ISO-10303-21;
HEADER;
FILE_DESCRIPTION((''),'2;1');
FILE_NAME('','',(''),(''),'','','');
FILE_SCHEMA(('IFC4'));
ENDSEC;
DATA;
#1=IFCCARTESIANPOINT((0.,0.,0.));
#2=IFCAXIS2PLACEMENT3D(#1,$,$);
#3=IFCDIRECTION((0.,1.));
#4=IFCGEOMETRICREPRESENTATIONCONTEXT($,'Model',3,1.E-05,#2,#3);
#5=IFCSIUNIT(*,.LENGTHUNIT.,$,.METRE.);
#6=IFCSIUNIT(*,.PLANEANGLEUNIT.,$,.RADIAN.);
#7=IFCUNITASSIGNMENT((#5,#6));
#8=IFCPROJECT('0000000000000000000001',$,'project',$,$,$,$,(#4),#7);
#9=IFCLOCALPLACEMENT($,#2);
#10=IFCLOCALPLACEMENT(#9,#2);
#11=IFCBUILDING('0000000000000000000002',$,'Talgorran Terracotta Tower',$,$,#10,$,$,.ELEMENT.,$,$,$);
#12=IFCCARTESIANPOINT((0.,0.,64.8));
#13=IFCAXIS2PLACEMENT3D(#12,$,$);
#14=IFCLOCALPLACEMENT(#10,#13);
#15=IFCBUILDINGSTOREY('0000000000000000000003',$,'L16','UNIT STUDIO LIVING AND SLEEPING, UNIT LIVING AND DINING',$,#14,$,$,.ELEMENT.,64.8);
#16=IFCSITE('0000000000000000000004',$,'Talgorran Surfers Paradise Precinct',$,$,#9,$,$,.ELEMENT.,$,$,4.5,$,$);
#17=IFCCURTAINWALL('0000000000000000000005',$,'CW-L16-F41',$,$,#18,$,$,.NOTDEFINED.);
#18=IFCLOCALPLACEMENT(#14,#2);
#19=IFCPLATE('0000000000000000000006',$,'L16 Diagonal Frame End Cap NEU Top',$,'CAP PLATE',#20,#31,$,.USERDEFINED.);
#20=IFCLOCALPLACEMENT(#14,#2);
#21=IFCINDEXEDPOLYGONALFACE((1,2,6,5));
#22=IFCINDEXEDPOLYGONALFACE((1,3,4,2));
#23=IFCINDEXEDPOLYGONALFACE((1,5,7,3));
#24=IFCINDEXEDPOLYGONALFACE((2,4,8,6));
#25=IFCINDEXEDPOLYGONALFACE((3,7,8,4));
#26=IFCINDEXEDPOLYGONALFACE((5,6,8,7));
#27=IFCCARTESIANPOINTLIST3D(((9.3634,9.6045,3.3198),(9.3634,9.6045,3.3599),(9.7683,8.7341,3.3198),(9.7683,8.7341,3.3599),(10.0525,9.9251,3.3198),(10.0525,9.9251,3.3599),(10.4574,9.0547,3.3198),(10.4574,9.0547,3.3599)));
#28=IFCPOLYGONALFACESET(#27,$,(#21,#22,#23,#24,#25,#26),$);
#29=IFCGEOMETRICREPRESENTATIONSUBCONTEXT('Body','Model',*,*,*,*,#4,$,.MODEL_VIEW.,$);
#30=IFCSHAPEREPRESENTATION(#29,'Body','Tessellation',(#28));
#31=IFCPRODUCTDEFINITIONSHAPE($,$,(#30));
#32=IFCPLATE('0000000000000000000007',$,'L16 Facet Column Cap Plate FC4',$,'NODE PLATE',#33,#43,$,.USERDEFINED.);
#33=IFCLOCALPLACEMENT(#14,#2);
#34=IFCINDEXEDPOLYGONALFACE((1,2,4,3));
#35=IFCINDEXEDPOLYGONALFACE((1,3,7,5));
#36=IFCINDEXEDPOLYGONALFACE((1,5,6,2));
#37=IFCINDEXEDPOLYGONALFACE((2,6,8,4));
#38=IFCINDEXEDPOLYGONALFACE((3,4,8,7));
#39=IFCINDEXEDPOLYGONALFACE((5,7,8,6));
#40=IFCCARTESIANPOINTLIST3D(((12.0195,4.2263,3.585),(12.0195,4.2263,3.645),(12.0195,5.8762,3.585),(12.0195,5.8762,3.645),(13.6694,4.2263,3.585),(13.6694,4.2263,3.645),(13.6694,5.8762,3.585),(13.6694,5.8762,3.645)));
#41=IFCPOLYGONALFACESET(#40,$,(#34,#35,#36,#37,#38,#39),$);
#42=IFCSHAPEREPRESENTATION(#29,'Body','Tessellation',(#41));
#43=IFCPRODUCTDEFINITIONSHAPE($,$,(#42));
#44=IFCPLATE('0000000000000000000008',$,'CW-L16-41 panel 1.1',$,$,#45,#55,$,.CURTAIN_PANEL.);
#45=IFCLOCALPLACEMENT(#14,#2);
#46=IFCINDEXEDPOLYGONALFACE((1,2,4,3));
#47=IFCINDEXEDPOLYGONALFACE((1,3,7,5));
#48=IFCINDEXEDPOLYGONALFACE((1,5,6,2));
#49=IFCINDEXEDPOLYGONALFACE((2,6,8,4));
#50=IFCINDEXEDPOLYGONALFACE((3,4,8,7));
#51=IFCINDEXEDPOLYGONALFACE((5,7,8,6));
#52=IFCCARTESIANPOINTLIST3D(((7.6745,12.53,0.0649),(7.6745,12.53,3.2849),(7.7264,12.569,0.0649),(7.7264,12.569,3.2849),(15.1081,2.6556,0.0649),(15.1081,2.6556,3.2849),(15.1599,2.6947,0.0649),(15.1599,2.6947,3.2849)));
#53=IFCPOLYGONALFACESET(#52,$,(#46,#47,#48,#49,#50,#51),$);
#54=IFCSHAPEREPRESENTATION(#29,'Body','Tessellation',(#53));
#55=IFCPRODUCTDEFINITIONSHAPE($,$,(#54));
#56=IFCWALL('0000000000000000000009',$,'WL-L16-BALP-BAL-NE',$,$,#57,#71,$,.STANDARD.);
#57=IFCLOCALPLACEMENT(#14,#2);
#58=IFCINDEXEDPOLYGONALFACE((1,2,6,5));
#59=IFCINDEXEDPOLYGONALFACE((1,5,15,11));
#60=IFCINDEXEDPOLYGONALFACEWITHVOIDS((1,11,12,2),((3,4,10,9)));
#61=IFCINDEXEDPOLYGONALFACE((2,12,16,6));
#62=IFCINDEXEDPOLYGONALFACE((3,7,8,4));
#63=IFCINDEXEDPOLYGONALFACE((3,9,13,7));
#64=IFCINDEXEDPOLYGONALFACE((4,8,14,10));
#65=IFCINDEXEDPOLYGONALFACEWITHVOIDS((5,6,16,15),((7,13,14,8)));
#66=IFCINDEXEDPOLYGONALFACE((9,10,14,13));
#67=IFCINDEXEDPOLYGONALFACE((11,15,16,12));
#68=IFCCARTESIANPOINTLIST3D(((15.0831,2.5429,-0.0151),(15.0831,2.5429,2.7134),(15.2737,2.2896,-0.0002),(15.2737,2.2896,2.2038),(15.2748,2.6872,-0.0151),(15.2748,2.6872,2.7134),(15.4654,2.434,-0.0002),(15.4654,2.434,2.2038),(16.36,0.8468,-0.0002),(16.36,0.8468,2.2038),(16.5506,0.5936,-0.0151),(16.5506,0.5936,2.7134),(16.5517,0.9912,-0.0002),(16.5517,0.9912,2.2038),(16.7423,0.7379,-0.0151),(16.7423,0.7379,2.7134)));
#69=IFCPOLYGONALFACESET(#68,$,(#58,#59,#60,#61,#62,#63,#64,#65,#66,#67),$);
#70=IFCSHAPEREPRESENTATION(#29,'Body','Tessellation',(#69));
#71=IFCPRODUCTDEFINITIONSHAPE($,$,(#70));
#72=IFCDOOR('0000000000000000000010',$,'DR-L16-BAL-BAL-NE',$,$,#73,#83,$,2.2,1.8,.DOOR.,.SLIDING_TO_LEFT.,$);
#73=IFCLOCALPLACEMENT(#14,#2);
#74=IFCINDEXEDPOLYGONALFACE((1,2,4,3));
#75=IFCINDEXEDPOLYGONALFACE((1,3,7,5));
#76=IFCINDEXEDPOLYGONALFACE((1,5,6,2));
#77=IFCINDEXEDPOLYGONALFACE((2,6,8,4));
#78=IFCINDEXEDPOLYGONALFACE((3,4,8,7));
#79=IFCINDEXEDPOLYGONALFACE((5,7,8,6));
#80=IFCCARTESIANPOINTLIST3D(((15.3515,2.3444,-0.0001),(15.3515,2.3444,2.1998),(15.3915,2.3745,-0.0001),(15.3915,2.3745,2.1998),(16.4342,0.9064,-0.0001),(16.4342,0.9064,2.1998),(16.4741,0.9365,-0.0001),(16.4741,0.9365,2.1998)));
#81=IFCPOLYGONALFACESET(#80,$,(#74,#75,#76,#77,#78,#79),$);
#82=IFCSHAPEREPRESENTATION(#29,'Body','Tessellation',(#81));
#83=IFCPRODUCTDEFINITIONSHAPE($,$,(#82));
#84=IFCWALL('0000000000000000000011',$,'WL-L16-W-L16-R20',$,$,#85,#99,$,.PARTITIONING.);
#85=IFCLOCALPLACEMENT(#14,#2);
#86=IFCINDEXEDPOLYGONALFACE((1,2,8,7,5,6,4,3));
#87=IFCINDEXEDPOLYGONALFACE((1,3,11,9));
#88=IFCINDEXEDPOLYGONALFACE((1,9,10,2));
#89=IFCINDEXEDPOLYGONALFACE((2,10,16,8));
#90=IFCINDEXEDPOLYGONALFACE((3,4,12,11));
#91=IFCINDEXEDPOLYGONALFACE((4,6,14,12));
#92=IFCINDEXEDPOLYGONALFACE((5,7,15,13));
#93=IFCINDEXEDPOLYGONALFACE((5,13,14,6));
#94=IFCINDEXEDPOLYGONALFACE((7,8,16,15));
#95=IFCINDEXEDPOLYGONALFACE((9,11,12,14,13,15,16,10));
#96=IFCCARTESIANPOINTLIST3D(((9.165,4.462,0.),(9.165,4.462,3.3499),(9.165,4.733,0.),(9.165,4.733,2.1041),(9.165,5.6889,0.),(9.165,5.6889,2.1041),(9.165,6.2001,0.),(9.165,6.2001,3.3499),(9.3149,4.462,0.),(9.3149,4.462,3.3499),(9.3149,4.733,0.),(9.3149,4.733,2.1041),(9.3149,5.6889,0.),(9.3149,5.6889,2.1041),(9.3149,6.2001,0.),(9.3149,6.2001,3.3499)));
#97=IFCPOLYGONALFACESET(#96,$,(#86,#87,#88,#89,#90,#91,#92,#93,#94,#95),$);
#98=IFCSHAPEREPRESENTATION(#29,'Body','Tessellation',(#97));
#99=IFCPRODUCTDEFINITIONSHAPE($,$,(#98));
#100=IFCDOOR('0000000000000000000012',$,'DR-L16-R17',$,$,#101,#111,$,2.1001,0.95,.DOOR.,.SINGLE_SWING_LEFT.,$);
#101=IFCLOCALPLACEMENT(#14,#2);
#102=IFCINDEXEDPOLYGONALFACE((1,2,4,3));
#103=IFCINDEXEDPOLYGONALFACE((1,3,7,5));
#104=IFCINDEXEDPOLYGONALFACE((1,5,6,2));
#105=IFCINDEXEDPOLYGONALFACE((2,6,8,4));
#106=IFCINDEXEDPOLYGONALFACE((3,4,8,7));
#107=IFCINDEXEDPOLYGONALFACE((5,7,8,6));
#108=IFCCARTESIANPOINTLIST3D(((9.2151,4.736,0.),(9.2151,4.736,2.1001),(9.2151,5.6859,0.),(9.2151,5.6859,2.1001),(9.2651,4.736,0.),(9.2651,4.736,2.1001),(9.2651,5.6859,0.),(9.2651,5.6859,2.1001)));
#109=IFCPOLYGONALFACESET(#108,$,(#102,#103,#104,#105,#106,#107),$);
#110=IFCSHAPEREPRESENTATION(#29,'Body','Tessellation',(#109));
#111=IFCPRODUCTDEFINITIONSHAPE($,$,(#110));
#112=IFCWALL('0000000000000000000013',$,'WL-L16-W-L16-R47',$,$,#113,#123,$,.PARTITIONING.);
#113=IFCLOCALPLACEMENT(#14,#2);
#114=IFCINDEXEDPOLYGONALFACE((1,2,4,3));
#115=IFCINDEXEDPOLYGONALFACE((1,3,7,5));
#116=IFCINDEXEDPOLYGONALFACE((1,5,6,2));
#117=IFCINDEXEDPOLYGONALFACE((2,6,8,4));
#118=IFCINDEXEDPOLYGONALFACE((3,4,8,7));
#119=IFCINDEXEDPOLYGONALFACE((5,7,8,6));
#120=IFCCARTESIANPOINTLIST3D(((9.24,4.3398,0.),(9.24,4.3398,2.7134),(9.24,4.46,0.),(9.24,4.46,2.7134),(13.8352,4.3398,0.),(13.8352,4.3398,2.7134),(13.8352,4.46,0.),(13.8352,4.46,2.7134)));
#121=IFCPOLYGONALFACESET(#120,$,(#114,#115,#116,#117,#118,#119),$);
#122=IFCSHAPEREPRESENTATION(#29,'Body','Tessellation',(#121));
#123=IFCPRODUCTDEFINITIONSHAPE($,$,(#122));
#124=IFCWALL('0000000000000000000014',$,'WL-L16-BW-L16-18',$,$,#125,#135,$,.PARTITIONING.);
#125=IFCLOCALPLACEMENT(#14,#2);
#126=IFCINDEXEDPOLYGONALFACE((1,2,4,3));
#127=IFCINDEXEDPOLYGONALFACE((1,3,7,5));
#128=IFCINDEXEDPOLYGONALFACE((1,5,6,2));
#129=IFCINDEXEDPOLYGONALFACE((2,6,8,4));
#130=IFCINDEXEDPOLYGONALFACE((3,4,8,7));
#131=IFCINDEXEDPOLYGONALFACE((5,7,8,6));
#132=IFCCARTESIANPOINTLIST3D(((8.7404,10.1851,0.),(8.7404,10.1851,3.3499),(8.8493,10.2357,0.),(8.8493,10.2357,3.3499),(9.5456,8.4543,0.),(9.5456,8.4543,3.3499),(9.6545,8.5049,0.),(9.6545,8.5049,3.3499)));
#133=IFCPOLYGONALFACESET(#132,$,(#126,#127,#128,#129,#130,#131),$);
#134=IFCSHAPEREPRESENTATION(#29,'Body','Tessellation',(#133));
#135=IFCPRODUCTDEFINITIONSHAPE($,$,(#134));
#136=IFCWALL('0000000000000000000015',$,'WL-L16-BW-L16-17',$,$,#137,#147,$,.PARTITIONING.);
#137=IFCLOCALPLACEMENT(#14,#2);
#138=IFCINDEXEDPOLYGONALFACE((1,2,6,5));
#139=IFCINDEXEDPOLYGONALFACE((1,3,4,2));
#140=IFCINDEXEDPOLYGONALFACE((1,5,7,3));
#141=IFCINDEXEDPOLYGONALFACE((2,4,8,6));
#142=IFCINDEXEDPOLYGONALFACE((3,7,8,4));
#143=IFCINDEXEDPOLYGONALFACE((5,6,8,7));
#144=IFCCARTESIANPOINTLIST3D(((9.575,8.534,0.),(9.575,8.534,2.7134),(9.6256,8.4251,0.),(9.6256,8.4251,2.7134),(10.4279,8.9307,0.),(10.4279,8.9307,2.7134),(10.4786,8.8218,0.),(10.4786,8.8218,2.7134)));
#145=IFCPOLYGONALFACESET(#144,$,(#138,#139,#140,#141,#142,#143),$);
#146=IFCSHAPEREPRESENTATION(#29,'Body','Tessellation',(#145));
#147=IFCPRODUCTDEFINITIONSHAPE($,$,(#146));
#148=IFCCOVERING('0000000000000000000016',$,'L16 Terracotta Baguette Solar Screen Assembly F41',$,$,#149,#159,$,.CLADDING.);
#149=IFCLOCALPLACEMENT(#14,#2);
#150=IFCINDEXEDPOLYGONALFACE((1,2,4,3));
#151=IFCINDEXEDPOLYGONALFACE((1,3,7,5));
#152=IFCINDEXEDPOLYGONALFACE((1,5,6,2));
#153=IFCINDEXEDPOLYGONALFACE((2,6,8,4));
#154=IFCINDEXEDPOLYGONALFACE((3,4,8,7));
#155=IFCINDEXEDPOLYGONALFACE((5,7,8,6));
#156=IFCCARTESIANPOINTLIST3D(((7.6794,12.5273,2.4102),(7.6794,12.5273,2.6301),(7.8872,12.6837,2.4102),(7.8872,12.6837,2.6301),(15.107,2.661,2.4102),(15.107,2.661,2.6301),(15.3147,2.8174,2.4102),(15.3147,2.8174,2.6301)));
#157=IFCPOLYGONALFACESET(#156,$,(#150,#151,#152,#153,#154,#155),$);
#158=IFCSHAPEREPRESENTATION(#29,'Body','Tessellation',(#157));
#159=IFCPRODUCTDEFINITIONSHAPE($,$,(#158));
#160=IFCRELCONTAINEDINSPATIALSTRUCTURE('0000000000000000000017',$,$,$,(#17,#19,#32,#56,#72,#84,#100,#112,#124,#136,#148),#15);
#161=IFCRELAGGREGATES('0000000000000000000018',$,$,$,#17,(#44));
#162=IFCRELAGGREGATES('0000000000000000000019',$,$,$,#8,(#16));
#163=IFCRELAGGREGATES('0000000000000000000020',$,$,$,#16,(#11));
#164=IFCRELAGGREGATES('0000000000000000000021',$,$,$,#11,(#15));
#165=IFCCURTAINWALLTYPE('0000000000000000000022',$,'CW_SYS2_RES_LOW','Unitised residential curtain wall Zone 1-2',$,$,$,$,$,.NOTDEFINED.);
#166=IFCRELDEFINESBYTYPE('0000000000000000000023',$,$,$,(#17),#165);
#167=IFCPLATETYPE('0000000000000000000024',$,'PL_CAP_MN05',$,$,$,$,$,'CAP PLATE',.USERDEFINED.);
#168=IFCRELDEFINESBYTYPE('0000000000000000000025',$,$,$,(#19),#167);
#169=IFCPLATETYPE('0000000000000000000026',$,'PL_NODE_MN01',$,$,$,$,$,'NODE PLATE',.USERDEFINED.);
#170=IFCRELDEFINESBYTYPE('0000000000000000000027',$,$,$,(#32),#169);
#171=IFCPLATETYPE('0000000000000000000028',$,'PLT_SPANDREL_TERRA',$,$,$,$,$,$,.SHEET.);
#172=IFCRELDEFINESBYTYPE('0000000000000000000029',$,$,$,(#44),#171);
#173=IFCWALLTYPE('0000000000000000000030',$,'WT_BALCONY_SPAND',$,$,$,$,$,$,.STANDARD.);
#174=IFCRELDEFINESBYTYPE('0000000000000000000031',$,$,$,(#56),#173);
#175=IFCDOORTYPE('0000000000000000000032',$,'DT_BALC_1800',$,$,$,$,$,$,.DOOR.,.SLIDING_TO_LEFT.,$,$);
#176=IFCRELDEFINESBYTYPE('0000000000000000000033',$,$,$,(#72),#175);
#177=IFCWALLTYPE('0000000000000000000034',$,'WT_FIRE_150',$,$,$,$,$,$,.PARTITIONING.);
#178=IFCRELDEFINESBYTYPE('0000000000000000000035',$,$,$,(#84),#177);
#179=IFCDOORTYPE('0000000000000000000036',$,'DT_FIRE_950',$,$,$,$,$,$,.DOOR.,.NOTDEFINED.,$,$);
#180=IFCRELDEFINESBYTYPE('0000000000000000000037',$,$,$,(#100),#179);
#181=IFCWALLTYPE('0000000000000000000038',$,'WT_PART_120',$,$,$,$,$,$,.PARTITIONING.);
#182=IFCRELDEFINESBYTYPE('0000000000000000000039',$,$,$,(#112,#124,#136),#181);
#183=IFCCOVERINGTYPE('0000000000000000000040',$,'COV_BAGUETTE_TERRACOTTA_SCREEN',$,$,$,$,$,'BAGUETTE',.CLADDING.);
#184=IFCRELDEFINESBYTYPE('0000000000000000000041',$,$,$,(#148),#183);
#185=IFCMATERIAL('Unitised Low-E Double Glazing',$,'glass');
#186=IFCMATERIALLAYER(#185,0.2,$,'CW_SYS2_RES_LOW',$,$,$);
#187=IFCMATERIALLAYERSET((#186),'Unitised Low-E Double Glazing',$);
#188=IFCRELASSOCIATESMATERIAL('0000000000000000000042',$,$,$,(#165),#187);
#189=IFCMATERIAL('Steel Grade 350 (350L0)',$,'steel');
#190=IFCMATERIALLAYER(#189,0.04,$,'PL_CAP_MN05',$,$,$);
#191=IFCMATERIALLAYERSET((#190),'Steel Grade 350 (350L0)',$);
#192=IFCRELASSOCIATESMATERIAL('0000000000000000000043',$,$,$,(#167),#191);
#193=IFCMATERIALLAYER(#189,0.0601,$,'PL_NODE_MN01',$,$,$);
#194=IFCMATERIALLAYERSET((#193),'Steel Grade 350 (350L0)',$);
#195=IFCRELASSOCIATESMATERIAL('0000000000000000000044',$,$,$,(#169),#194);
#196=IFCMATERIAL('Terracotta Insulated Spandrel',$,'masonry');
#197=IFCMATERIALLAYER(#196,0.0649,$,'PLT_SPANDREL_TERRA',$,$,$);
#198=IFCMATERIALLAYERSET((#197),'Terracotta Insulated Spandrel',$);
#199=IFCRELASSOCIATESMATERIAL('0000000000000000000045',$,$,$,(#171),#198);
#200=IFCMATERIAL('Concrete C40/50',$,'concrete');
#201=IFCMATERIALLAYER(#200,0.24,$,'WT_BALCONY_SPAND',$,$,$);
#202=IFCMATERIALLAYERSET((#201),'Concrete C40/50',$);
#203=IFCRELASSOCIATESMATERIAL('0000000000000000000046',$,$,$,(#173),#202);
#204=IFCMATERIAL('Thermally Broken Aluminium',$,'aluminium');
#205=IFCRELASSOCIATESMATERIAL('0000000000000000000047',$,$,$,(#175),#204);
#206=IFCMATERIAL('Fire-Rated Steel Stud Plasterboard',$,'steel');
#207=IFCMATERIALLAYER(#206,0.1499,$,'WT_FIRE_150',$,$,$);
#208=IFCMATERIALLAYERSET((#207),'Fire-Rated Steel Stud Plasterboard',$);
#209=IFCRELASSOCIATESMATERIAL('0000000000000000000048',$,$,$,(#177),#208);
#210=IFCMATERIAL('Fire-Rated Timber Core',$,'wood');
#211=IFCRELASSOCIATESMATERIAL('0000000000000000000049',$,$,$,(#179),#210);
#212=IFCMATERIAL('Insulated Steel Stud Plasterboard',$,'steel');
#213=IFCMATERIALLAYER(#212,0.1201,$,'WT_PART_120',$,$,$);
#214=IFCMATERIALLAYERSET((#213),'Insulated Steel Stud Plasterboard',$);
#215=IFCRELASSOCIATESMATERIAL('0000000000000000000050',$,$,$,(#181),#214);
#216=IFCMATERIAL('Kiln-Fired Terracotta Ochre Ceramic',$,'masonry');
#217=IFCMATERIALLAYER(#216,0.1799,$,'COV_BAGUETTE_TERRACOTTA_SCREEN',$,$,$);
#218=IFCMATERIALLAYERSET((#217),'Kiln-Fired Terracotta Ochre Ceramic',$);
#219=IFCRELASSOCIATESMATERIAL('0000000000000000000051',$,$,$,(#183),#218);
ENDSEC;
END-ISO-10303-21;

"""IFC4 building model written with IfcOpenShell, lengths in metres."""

from ifc_helpers import new_model, si_unit, direction, frame, frame_2d, origin, origin_2d, place, context, subcontext, project, spatial, rectangle, extrude, source, transform, mapped, material, layer, layer_set, type_object, type_shapes, element, fill, aggregate, save


model = new_model("IFC4")

# Units and contexts
model_context = context("Model", 3, precision=1e-05, world=origin(), true_north=direction((0.0, 1.0)))
body_context = subcontext(model_context, "Body", "Model", "MODEL_VIEW")
ifc_project = project(units=[si_unit("LENGTHUNIT", "METRE"), si_unit("PLANEANGLEUNIT", "RADIAN")], contexts=[model_context])

# Site, building, storey
site_placement = place(None, origin())
site = spatial("IfcSite", under=ifc_project, at=site_placement, Name="Talgorran Surfers Paradise Precinct", CompositionType="ELEMENT", RefElevation=4.5)
building_placement = place(site_placement, origin())
building = spatial("IfcBuilding", under=site, at=building_placement, Name="Talgorran Terracotta Tower", CompositionType="ELEMENT")
storey_placement = place(building_placement, frame((0.0, 0.0, 64.8)))
storey = spatial("IfcBuildingStorey", under=building, at=storey_placement, Name="L16", Description="UNIT STUDIO LIVING AND SLEEPING, UNIT LIVING AND DINING", CompositionType="ELEMENT", Elevation=64.8)

# Shared definitions
ifc_material_1 = material(Name="Steel Grade 350 (350L0)", Category="steel")

# Shared definitions
ifc_material_2 = material(Name="Unitised Low-E Double Glazing", Category="glass")
ifc_layer_1 = layer(ifc_material_2, 0.2, Name="CW_SYS2_RES_LOW")
ifc_layer_set_1 = layer_set([ifc_layer_1], Name="Unitised Low-E Double Glazing")
curtain_wall_type = type_object("IfcCurtainWallType", Name="CW_SYS2_RES_LOW", Description="Unitised residential curtain wall Zone 1-2", PredefinedType="NOTDEFINED", material=ifc_layer_set_1)

# Curtain wall
curtain_wall_1_placement = place(storey_placement, origin())
curtain_wall_1 = element("IfcCurtainWall", 1, at=curtain_wall_1_placement, inside=storey, type_object=curtain_wall_type, Name="CW-L16-F41", PredefinedType="NOTDEFINED")

# Plates
ifc_layer_2 = layer(ifc_material_1, 0.04, Name="PL_CAP_MN05")
ifc_layer_set_2 = layer_set([ifc_layer_2], Name="Steel Grade 350 (350L0)")
plate_type_1 = type_object("IfcPlateType", Name="PL_CAP_MN05", ElementType="CAP PLATE", PredefinedType="USERDEFINED", material=ifc_layer_set_2)
for number, where, z_axis, x_axis, name in (
    (2, (9.9104, 9.3296, 3.3198), (0.0, 0.0, 1.0), (0.421827, -0.906676, 0.0), "L16 Diagonal Frame End Cap NEU Top"),
):
    element("IfcPlate", number, at=place(storey_placement, frame(where, z_axis=z_axis, x_axis=x_axis)), inside=storey, type_object=plate_type_1, Name=name, ObjectType="CAP PLATE", PredefinedType="USERDEFINED", context=body_context, shape_type="SweptSolid", body=[
        extrude(rectangle(XDim=0.96, YDim=0.76, at=origin_2d()), origin(), (0.0, 0.0, 1.0), 0.04),
    ])
ifc_layer_3 = layer(ifc_material_1, 0.0601, Name="PL_NODE_MN01")
ifc_layer_set_3 = layer_set([ifc_layer_3], Name="Steel Grade 350 (350L0)")
plate_type_2 = type_object("IfcPlateType", Name="PL_NODE_MN01", ElementType="NODE PLATE", PredefinedType="USERDEFINED", material=ifc_layer_set_3)
plate_1_placement = place(storey_placement, frame((12.8445, 5.0513, 3.585), z_axis=(0.0, 0.0, 1.0), x_axis=(1.0, 0.0, 0.0)))
element("IfcPlate", 3, at=plate_1_placement, inside=storey, type_object=plate_type_2, Name="L16 Facet Column Cap Plate FC4", ObjectType="NODE PLATE", PredefinedType="USERDEFINED", context=body_context, shape_type="SweptSolid", body=[
    extrude(rectangle(XDim=1.6499, YDim=1.6499, at=origin_2d()), origin(), (0.0, 0.0, 1.0), 0.0601),
])

# Plate
ifc_material_3 = material(Name="Terracotta Insulated Spandrel", Category="masonry")
ifc_layer_4 = layer(ifc_material_3, 0.0649, Name="PLT_SPANDREL_TERRA")
ifc_layer_set_4 = layer_set([ifc_layer_4], Name="Terracotta Insulated Spandrel")
plate_type_3 = type_object("IfcPlateType", Name="PLT_SPANDREL_TERRA", PredefinedType="SHEET", material=ifc_layer_set_4)
shared_shape = source(origin(), body_context, "Body", "SweptSolid", [
    extrude(rectangle(XDim=12.3596, YDim=0.0649, at=origin_2d()), origin(), (0.0, 0.0, 1.0), 3.22),
])
type_shapes(plate_type_3, [shared_shape])
plate_2_placement = place(storey_placement, frame((11.4172, 7.6123, 0.0649), z_axis=(0.0, 0.0, 1.0), x_axis=(-0.601436, 0.798921, 0.0)))
plate_2 = element("IfcPlate", 4, at=plate_2_placement, type_object=plate_type_3, Name="CW-L16-41 panel 1.1", PredefinedType="CURTAIN_PANEL", context=body_context, shape_type="MappedRepresentation", body=[
    mapped(shared_shape, transform((0.0, 0.0, 0.0), scale=1.0)),
])
aggregate(curtain_wall_1, [plate_2])

# Walls, openings, doors
ifc_material_4 = material(Name="Concrete C40/50", Category="concrete")
ifc_layer_5 = layer(ifc_material_4, 0.24, Name="WT_BALCONY_SPAND")
ifc_layer_set_5 = layer_set([ifc_layer_5], Name="Concrete C40/50")
wall_type_1 = type_object("IfcWallType", Name="WT_BALCONY_SPAND", PredefinedType="STANDARD", material=ifc_layer_set_5)
wall_1_placement = place(storey_placement, frame((16.6465, 0.6658, -0.0151), z_axis=(0.0, 0.0, 1.0), x_axis=(-0.601472, 0.798894, 0.0)))
wall_1 = element("IfcWall", 5, at=wall_1_placement, inside=storey, type_object=wall_type_1, Name="WL-L16-BALP-BAL-NE", PredefinedType="STANDARD", context=body_context, shape_type="SweptSolid", body=[
    extrude(rectangle(XDim=2.4399, YDim=0.24, at=frame_2d((1.22, 0.0))), origin(), (0.0, 0.0, 1.0), 2.7285),
])
opening_1_placement = place(wall_1_placement, frame((0.3201, 0.0, 0.0149)))
opening_1 = element("IfcOpeningElement", 6, at=opening_1_placement, cuts=wall_1, PredefinedType="OPENING", context=body_context, shape_type="SweptSolid", body=[
    extrude(rectangle(XDim=1.806, YDim=2.204, at=frame_2d((0.8999, 1.1021))), frame((0.0, 0.1299, 0.0), z_axis=(0.0, -1.0, 0.0), x_axis=(1.0, 0.0, 0.0)), (0.0, 0.0, 1.0), 0.26),
])
ifc_material_5 = material(Name="Thermally Broken Aluminium", Category="aluminium")
door_type_1 = type_object("IfcDoorType", Name="DT_BALC_1800", OperationType="SLIDING_TO_LEFT", PredefinedType="DOOR", material=ifc_material_5)
door_1_placement = place(opening_1_placement, origin())
door_1 = element("IfcDoor", 7, at=door_1_placement, inside=storey, type_object=door_type_1, Name="DR-L16-BAL-BAL-NE", OperationType="SLIDING_TO_LEFT", OverallHeight=2.2, OverallWidth=1.8, PredefinedType="DOOR", context=body_context, shape_type="SweptSolid", body=[
    extrude(rectangle(XDim=1.8, YDim=2.2, at=frame_2d((0.8999, 1.1001))), frame((0.0, 0.0249, 0.0), z_axis=(0.0, -1.0, 0.0), x_axis=(1.0, 0.0, 0.0)), (0.0, 0.0, 1.0), 0.05),
])
fill(opening_1, door_1)
ifc_material_6 = material(Name="Fire-Rated Steel Stud Plasterboard", Category="steel")
ifc_layer_6 = layer(ifc_material_6, 0.1499, Name="WT_FIRE_150")
ifc_layer_set_6 = layer_set([ifc_layer_6], Name="Fire-Rated Steel Stud Plasterboard")
wall_type_2 = type_object("IfcWallType", Name="WT_FIRE_150", PredefinedType="PARTITIONING", material=ifc_layer_set_6)
wall_2_placement = place(storey_placement, frame((9.24, 4.4619, 0.0), z_axis=(0.0, 0.0, 1.0), x_axis=(0.0, 1.0, 0.0)))
wall_2 = element("IfcWall", 8, at=wall_2_placement, inside=storey, type_object=wall_type_2, Name="WL-L16-W-L16-R20", PredefinedType="PARTITIONING", context=body_context, shape_type="SweptSolid", body=[
    extrude(rectangle(XDim=1.738, YDim=0.1499, at=frame_2d((0.8691, 0.0))), origin(), (0.0, 0.0, 1.0), 3.3499),
])
opening_2_placement = place(wall_2_placement, frame((0.2739, 0.0, 0.0)))
opening_2 = element("IfcOpeningElement", 9, at=opening_2_placement, cuts=wall_2, PredefinedType="OPENING", context=body_context, shape_type="SweptSolid", body=[
    extrude(rectangle(XDim=0.956, YDim=2.1041, at=frame_2d((0.4751, 1.052))), frame((0.0, 0.085, 0.0), z_axis=(0.0, -1.0, 0.0), x_axis=(1.0, 0.0, 0.0)), (0.0, 0.0, 1.0), 0.1699),
])
ifc_material_7 = material(Name="Fire-Rated Timber Core", Category="wood")
door_type_2 = type_object("IfcDoorType", Name="DT_FIRE_950", OperationType="NOTDEFINED", PredefinedType="DOOR", material=ifc_material_7)
door_2_placement = place(opening_2_placement, origin())
door_2 = element("IfcDoor", 10, at=door_2_placement, inside=storey, type_object=door_type_2, Name="DR-L16-R17", OperationType="SINGLE_SWING_LEFT", OverallHeight=2.1001, OverallWidth=0.95, PredefinedType="DOOR", context=body_context, shape_type="SweptSolid", body=[
    extrude(rectangle(XDim=0.95, YDim=2.1001, at=frame_2d((0.4751, 1.05))), frame((0.0, 0.0249, 0.0), z_axis=(0.0, -1.0, 0.0), x_axis=(1.0, 0.0, 0.0)), (0.0, 0.0, 1.0), 0.05),
])
fill(opening_2, door_2)

# Walls
ifc_material_8 = material(Name="Insulated Steel Stud Plasterboard", Category="steel")
ifc_layer_7 = layer(ifc_material_8, 0.1201, Name="WT_PART_120")
ifc_layer_set_7 = layer_set([ifc_layer_7], Name="Insulated Steel Stud Plasterboard")
wall_type_3 = type_object("IfcWallType", Name="WT_PART_120", PredefinedType="PARTITIONING", material=ifc_layer_set_7)
wall_3_placement = place(storey_placement, frame((9.24, 4.3999, 0.0), z_axis=(0.0, 0.0, 1.0), x_axis=(1.0, 0.0, 0.0)))
element("IfcWall", 11, at=wall_3_placement, inside=storey, type_object=wall_type_3, Name="WL-L16-W-L16-R47", PredefinedType="PARTITIONING", context=body_context, shape_type="SweptSolid", body=[
    extrude(rectangle(XDim=4.5952, YDim=0.1201, at=frame_2d((2.2976, 0.0))), origin(), (0.0, 0.0, 1.0), 2.7134),
])
wall_4_placement = place(storey_placement, frame((9.6001, 8.4795, 0.0), z_axis=(0.0, 0.0, 1.0), x_axis=(-0.421814, 0.906682, 0.0)))
element("IfcWall", 12, at=wall_4_placement, inside=storey, type_object=wall_type_3, Name="WL-L16-BW-L16-18", PredefinedType="PARTITIONING", context=body_context, shape_type="SweptSolid", body=[
    extrude(rectangle(XDim=1.9089, YDim=0.1201, at=frame_2d((0.9546, 0.0))), origin(), (0.0, 0.0, 1.0), 3.3499),
])
wall_5_placement = place(storey_placement, frame((10.4531, 8.8762, 0.0), z_axis=(0.0, 0.0, 1.0), x_axis=(-0.906733, -0.421706, 0.0)))
element("IfcWall", 13, at=wall_5_placement, inside=storey, type_object=wall_type_3, Name="WL-L16-BW-L16-17", PredefinedType="PARTITIONING", context=body_context, shape_type="SweptSolid", body=[
    extrude(rectangle(XDim=0.9407, YDim=0.1201, at=frame_2d((0.4702, 0.0))), origin(), (0.0, 0.0, 1.0), 2.7134),
])

# Covering
ifc_material_9 = material(Name="Kiln-Fired Terracotta Ochre Ceramic", Category="masonry")
ifc_layer_8 = layer(ifc_material_9, 0.1799, Name="COV_BAGUETTE_TERRACOTTA_SCREEN")
ifc_layer_set_8 = layer_set([ifc_layer_8], Name="Kiln-Fired Terracotta Ochre Ceramic")
covering_type_1 = type_object("IfcCoveringType", Name="COV_BAGUETTE_TERRACOTTA_SCREEN", ElementType="BAGUETTE", PredefinedType="CLADDING", material=ifc_layer_set_8)
covering_1_placement = place(storey_placement, frame((11.4971, 7.6724, 2.4102), z_axis=(0.0, 0.0, 1.0), x_axis=(-0.601439, 0.798919, 0.0)))
element("IfcCovering", 14, at=covering_1_placement, inside=storey, type_object=covering_type_1, Name="L16 Terracotta Baguette Solar Screen Assembly F41", PredefinedType="CLADDING", context=body_context, shape_type="SweptSolid", body=[
    extrude(rectangle(XDim=12.3496, YDim=0.26, at=origin_2d()), origin(), (0.0, 0.0, 1.0), 0.22),
])

save(model, "model.ifc")
